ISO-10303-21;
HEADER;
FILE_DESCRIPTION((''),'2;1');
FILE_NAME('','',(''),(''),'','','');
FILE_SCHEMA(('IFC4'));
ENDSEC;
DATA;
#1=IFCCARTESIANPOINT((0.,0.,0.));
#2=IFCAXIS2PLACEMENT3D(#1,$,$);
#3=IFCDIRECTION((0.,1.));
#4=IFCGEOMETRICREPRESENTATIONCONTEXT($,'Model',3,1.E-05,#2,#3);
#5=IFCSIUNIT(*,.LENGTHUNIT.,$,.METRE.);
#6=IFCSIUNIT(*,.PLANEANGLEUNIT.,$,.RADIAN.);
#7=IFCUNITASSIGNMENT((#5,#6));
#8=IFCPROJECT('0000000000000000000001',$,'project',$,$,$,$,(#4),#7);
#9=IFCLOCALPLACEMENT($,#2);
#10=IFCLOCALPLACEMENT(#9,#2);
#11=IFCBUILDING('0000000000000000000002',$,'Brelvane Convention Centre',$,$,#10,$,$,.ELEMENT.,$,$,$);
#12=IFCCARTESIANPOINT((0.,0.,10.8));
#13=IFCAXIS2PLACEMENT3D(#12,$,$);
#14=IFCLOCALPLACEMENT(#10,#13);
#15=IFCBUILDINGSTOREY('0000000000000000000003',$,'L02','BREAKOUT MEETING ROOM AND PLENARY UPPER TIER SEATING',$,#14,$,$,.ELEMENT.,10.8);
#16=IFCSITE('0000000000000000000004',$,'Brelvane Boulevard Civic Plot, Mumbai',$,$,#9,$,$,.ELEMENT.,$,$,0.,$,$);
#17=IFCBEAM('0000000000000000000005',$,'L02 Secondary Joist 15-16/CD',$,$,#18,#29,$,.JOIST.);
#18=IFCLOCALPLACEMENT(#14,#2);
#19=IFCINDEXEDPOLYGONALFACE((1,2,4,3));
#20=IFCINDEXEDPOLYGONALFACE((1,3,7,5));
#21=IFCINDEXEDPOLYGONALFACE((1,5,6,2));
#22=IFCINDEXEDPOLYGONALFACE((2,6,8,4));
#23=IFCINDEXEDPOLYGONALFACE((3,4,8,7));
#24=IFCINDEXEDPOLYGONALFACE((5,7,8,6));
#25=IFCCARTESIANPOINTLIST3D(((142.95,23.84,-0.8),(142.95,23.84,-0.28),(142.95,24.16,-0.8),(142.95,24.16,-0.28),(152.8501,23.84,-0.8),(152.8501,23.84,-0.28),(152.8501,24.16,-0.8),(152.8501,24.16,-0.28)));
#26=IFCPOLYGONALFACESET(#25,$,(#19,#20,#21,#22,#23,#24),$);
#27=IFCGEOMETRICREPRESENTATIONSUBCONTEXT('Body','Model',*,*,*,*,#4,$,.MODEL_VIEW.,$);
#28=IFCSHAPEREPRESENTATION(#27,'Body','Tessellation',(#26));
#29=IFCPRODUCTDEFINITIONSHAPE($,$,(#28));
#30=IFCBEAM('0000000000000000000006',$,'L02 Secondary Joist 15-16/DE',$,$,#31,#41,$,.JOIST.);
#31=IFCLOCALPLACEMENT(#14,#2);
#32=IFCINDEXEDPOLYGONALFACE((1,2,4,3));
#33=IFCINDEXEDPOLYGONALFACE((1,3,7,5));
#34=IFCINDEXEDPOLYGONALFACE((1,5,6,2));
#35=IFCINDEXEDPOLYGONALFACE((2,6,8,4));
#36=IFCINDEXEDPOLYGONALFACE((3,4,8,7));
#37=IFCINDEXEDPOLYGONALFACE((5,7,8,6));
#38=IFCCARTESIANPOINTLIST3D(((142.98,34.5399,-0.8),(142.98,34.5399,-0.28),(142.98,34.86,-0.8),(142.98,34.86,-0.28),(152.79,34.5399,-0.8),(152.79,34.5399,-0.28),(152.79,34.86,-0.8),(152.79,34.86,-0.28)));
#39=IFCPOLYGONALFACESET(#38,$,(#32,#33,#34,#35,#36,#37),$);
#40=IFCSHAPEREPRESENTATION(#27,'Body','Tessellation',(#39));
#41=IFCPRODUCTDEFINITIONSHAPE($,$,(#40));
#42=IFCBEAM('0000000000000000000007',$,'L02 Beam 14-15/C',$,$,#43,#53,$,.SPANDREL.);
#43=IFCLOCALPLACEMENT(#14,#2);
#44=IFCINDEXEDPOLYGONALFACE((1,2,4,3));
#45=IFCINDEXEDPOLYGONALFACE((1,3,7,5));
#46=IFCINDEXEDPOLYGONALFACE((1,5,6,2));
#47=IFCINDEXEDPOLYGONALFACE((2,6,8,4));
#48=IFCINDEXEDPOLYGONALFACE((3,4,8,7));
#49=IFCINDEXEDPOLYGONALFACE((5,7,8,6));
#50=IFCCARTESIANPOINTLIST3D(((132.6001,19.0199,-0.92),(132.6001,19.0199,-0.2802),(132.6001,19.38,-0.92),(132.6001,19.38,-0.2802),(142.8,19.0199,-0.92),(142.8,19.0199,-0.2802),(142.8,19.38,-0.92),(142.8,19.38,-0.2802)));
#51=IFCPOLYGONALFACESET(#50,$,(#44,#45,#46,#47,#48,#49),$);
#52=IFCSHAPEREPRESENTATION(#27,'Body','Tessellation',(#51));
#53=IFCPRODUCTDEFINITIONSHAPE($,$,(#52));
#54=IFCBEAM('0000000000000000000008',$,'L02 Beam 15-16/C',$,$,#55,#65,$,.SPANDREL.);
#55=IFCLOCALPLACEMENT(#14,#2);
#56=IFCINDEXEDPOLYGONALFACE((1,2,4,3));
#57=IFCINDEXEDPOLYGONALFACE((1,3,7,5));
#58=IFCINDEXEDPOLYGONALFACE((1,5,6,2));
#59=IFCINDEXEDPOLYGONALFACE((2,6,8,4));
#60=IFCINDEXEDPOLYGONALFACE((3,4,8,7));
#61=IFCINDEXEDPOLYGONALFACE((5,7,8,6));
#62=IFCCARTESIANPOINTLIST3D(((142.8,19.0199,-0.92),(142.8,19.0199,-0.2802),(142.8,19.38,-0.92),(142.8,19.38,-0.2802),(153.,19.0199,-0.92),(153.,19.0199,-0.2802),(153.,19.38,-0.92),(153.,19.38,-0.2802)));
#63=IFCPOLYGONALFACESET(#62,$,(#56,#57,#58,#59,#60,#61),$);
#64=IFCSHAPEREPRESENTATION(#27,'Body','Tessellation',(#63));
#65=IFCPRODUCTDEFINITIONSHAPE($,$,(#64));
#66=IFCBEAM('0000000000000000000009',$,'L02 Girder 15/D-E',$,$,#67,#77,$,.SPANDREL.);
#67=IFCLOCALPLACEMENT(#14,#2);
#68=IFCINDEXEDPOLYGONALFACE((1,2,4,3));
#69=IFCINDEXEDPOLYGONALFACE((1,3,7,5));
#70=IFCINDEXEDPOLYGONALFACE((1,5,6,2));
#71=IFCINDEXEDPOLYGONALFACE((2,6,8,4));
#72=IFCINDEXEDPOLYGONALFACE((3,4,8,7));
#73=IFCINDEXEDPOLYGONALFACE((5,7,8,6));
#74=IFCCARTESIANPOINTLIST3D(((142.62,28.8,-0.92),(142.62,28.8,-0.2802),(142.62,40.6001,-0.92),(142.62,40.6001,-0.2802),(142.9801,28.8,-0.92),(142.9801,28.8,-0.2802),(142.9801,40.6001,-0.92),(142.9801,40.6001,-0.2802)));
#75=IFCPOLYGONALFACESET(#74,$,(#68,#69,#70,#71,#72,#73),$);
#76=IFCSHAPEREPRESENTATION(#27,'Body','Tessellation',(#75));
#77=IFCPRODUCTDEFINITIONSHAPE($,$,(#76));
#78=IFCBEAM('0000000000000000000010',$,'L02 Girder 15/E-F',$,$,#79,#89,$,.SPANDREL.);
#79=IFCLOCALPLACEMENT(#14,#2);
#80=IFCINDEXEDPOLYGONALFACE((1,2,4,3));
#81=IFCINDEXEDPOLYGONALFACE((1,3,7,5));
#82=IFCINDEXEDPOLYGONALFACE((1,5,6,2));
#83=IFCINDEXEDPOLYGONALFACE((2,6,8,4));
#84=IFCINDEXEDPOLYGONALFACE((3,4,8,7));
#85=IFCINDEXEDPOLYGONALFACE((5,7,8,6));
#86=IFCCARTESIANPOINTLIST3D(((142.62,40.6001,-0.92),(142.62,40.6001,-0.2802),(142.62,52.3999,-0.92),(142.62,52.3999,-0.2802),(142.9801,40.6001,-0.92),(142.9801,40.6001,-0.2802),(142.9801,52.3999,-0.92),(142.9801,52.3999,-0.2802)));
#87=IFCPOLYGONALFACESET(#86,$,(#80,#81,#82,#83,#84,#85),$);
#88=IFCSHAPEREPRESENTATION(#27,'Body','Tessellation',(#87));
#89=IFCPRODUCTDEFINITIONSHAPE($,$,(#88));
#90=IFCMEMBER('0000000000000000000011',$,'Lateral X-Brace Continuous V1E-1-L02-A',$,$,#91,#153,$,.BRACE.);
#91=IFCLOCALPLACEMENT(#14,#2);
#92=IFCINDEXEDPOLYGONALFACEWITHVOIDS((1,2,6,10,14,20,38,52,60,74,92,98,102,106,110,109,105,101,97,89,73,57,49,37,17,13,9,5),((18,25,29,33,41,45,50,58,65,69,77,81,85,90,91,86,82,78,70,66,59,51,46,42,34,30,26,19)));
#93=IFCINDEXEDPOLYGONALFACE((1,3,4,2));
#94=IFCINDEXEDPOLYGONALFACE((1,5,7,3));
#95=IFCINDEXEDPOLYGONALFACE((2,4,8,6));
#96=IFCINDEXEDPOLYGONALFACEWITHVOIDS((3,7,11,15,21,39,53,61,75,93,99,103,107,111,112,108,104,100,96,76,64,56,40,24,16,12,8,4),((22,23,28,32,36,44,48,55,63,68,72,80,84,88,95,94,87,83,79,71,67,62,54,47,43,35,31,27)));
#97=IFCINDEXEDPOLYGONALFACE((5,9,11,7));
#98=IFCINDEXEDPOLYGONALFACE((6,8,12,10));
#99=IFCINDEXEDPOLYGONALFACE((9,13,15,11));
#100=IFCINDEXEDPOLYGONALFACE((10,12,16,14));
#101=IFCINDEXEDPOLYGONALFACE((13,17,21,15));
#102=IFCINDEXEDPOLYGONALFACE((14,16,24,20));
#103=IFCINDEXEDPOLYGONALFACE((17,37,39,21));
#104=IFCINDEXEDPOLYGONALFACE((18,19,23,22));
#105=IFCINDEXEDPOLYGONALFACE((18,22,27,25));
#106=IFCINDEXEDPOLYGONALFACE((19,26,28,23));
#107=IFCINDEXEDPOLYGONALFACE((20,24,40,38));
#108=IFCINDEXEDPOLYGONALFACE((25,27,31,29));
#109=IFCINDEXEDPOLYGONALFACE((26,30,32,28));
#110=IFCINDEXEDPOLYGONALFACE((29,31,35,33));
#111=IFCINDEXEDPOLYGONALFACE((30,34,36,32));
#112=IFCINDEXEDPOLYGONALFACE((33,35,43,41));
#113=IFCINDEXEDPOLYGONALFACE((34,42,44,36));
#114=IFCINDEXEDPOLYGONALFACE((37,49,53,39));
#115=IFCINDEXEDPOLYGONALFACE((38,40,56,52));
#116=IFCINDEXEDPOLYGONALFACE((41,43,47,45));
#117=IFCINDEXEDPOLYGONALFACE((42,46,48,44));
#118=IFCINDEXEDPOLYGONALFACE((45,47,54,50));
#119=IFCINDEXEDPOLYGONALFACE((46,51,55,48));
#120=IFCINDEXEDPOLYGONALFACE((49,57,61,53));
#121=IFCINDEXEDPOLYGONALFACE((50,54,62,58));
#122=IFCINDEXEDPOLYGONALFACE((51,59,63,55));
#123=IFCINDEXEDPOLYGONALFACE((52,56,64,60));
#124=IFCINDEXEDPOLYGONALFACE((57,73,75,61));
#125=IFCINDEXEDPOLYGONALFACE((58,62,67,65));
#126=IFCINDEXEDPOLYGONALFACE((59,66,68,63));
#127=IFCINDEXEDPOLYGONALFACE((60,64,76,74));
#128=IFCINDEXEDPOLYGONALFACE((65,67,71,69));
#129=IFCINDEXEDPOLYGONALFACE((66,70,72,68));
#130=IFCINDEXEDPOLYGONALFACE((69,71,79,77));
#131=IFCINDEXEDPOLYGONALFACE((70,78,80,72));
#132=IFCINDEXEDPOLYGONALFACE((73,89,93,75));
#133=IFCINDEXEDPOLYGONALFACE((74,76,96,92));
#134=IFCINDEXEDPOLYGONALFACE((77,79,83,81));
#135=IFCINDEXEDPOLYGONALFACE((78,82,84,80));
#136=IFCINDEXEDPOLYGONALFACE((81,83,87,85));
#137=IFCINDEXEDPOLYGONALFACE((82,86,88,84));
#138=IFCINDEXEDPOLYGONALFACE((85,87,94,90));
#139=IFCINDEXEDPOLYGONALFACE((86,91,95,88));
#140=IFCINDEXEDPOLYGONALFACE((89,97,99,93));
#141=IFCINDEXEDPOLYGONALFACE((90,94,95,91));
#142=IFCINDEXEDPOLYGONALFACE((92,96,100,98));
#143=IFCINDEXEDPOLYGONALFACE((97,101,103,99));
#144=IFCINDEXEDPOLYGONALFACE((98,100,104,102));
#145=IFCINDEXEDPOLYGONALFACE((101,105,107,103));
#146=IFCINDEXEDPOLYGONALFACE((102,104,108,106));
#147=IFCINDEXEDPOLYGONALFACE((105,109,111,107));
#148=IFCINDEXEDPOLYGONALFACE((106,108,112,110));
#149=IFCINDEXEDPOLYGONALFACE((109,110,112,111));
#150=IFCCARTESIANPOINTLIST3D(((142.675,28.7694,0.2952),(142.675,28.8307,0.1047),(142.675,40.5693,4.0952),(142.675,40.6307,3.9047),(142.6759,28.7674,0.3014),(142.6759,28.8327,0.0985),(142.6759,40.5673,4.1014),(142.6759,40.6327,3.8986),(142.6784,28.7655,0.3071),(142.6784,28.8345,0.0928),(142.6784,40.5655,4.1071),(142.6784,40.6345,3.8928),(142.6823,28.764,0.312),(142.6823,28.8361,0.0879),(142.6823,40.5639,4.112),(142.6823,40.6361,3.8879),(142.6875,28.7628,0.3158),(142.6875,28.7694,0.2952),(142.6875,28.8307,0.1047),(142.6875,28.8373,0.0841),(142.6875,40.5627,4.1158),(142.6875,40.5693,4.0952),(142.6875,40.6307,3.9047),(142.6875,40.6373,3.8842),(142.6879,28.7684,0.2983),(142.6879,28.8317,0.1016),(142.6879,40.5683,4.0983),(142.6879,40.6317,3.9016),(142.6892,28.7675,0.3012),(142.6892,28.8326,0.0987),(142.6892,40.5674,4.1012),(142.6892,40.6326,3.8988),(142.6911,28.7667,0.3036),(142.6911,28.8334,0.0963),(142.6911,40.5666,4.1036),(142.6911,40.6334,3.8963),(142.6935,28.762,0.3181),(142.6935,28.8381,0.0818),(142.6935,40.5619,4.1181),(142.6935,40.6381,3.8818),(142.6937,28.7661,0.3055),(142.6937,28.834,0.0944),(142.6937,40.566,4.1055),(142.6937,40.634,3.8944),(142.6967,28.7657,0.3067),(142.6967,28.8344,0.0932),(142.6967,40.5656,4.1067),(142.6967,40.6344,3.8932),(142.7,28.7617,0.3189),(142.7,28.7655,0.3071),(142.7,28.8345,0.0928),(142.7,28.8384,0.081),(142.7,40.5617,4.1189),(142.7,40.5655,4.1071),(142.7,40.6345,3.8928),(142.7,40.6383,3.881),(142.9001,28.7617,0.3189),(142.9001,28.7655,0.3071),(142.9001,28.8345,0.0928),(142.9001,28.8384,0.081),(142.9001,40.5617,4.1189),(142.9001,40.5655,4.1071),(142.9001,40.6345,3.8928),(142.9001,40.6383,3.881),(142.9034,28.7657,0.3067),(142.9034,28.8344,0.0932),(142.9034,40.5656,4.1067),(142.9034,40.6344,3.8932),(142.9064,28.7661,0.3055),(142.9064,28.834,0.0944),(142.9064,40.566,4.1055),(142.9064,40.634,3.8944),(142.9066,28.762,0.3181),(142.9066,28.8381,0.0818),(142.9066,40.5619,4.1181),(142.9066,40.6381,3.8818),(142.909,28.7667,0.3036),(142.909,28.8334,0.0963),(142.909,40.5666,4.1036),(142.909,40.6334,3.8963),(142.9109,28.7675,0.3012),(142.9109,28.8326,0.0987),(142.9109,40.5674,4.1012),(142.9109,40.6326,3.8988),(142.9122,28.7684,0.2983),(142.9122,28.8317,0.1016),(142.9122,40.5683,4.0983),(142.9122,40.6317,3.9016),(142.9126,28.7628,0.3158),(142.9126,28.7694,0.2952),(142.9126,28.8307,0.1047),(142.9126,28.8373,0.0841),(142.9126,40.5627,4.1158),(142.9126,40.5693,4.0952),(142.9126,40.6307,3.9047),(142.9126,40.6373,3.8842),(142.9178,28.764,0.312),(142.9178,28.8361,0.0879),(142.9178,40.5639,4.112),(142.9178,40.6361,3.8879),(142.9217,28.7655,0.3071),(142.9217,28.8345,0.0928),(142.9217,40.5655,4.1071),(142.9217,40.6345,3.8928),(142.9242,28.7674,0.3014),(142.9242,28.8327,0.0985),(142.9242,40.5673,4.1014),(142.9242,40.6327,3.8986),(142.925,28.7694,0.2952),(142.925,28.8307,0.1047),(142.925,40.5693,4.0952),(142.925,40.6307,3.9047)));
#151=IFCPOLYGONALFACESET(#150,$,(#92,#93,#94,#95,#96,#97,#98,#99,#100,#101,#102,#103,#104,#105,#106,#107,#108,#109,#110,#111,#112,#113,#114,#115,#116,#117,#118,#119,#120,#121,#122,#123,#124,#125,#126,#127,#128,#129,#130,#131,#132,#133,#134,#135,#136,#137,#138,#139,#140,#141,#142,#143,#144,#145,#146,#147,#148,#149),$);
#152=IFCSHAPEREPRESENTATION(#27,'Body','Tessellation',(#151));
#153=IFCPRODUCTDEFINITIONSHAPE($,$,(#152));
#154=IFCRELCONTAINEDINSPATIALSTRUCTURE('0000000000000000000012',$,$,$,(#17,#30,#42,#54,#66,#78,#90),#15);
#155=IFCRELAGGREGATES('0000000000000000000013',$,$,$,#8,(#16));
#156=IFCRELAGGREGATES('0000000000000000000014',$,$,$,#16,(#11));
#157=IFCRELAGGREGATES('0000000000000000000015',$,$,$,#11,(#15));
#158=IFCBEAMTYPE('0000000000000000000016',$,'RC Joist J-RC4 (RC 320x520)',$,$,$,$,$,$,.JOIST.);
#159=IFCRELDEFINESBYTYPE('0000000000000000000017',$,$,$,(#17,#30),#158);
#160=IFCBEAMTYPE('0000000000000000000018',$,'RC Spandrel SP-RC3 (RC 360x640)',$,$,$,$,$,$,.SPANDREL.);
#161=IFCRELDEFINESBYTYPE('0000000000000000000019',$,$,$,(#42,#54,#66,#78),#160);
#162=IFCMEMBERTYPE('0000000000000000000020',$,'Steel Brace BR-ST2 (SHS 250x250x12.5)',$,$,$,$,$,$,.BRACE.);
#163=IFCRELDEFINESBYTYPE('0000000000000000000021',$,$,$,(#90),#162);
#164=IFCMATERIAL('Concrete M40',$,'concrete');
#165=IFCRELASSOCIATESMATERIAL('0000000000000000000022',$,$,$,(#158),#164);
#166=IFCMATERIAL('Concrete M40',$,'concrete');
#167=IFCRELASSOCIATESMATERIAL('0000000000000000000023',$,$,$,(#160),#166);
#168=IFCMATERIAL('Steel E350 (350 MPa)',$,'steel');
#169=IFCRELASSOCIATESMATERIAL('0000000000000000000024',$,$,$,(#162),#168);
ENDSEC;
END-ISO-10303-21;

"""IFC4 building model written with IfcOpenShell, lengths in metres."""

from ifc_helpers import new_model, si_unit, direction, frame, origin, origin_2d, place, context, subcontext, project, spatial, rectangle, hollow_rectangle, extrude, material, material_profile, profile_set, type_object, element, save


model = new_model("IFC4")

# Units and contexts
model_context = context("Model", 3, precision=1e-05, world=origin(), true_north=direction((0.0, 1.0)))
body_context = subcontext(model_context, "Body", "Model", "MODEL_VIEW")
ifc_project = project(units=[si_unit("LENGTHUNIT", "METRE"), si_unit("PLANEANGLEUNIT", "RADIAN")], contexts=[model_context])

# Site, building, storey
site_placement = place(None, origin())
site = spatial("IfcSite", under=ifc_project, at=site_placement, Name="Brelvane Boulevard Civic Plot, Mumbai", CompositionType="ELEMENT", RefElevation=0.0)
building_placement = place(site_placement, origin())
building = spatial("IfcBuilding", under=site, at=building_placement, Name="Brelvane Convention Centre", CompositionType="ELEMENT")
storey_placement = place(building_placement, frame((0.0, 0.0, 10.8)))
storey = spatial("IfcBuildingStorey", under=building, at=storey_placement, Name="L02", Description="BREAKOUT MEETING ROOM AND PLENARY UPPER TIER SEATING", CompositionType="ELEMENT", Elevation=10.8)

# Beams
ifc_material_1 = material(Name="Concrete M40", Category="concrete")
ifc_material_profile_1 = material_profile(ifc_material_1, rectangle(XDim=0.3201, YDim=0.52, at=origin_2d()), Name="RC 320x520")
ifc_profile_set_1 = profile_set([ifc_material_profile_1], Name="Concrete M40")
beam_type_1 = type_object("IfcBeamType", Name="RC Joist J-RC4 (RC 320x520)", PredefinedType="JOIST", material=ifc_profile_set_1)
beam_1_placement = place(storey_placement, frame((142.95, 24.0, -0.54), z_axis=(1.0, 0.0, 0.0), x_axis=(0.0, 1.0, 0.0)))
element("IfcBeam", 1, at=beam_1_placement, inside=storey, type_object=beam_type_1, Name="L02 Secondary Joist 15-16/CD", PredefinedType="JOIST", context=body_context, shape_type="SweptSolid", body=[
    extrude(rectangle(XDim=0.3201, YDim=0.52, at=origin_2d()), origin(), (0.0, 0.0, 1.0), 9.9001),
])
beam_2_placement = place(storey_placement, frame((142.98, 34.7, -0.54), z_axis=(1.0, 0.0, 0.0), x_axis=(0.0, 1.0, 0.0)))
element("IfcBeam", 2, at=beam_2_placement, inside=storey, type_object=beam_type_1, Name="L02 Secondary Joist 15-16/DE", PredefinedType="JOIST", context=body_context, shape_type="SweptSolid", body=[
    extrude(rectangle(XDim=0.3201, YDim=0.52, at=origin_2d()), origin(), (0.0, 0.0, 1.0), 9.8101),
])
ifc_material_2 = material(Name="Concrete M40", Category="concrete")
ifc_material_profile_2 = material_profile(ifc_material_2, rectangle(XDim=0.3601, YDim=0.6399, at=origin_2d()), Name="RC 360x640")
ifc_profile_set_2 = profile_set([ifc_material_profile_2], Name="Concrete M40")
beam_type_2 = type_object("IfcBeamType", Name="RC Spandrel SP-RC3 (RC 360x640)", PredefinedType="SPANDREL", material=ifc_profile_set_2)
for number, where, z_axis, x_axis, name in (
    (3, (132.6001, 19.2, -0.6001), (1.0, 0.0, 0.0), (0.0, 1.0, 0.0), "L02 Beam 14-15/C"),
    (4, (142.8, 19.2, -0.6001), (1.0, 0.0, 0.0), (0.0, 1.0, 0.0), "L02 Beam 15-16/C"),
):
    element("IfcBeam", number, at=place(storey_placement, frame(where, z_axis=z_axis, x_axis=x_axis)), inside=storey, type_object=beam_type_2, Name=name, PredefinedType="SPANDREL", context=body_context, shape_type="SweptSolid", body=[
        extrude(rectangle(XDim=0.3601, YDim=0.6399, at=origin_2d()), origin(), (0.0, 0.0, 1.0), 10.2),
    ])
beam_3_placement = place(storey_placement, frame((142.8, 28.8, -0.6001), z_axis=(0.0, 1.0, 0.0), x_axis=(-1.0, 0.0, 0.0)))
element("IfcBeam", 5, at=beam_3_placement, inside=storey, type_object=beam_type_2, Name="L02 Girder 15/D-E", PredefinedType="SPANDREL", context=body_context, shape_type="SweptSolid", body=[
    extrude(rectangle(XDim=0.3601, YDim=0.6399, at=origin_2d()), origin(), (0.0, 0.0, 1.0), 11.8),
])
beam_4_placement = place(storey_placement, frame((142.8, 40.6001, -0.6001), z_axis=(0.0, 1.0, 0.0), x_axis=(-1.0, 0.0, 0.0)))
element("IfcBeam", 6, at=beam_4_placement, inside=storey, type_object=beam_type_2, Name="L02 Girder 15/E-F", PredefinedType="SPANDREL", context=body_context, shape_type="SweptSolid", body=[
    extrude(rectangle(XDim=0.3601, YDim=0.6399, at=origin_2d()), origin(), (0.0, 0.0, 1.0), 11.7998),
])

# Member
ifc_material_3 = material(Name="Steel E350 (350 MPa)", Category="steel")
ifc_material_profile_3 = material_profile(ifc_material_3, hollow_rectangle(XDim=0.25, YDim=0.25, WallThickness=0.0125, InnerFilletRadius=0.0125, OuterFilletRadius=0.0249, at=origin_2d()), Name="SHS 250x250x12.5")
ifc_profile_set_3 = profile_set([ifc_material_profile_3], Name="Steel E350 (350 MPa)")
member_type_1 = type_object("IfcMemberType", Name="Steel Brace BR-ST2 (SHS 250x250x12.5)", PredefinedType="BRACE", material=ifc_profile_set_3)
member_1_placement = place(storey_placement, frame((142.8, 28.8, 0.2), z_axis=(0.0, 0.95186, 0.306534), x_axis=(-1.0, 0.0, 0.0)))
element("IfcMember", 7, at=member_1_placement, inside=storey, type_object=member_type_1, Name="Lateral X-Brace Continuous V1E-1-L02-A", PredefinedType="BRACE", context=body_context, shape_type="SweptSolid", body=[
    extrude(hollow_rectangle(XDim=0.25, YDim=0.25, WallThickness=0.0125, InnerFilletRadius=0.0125, OuterFilletRadius=0.0249, at=origin_2d()), origin(), (0.0, 0.0, 1.0), 12.3967),
])

save(model, "model.ifc")
